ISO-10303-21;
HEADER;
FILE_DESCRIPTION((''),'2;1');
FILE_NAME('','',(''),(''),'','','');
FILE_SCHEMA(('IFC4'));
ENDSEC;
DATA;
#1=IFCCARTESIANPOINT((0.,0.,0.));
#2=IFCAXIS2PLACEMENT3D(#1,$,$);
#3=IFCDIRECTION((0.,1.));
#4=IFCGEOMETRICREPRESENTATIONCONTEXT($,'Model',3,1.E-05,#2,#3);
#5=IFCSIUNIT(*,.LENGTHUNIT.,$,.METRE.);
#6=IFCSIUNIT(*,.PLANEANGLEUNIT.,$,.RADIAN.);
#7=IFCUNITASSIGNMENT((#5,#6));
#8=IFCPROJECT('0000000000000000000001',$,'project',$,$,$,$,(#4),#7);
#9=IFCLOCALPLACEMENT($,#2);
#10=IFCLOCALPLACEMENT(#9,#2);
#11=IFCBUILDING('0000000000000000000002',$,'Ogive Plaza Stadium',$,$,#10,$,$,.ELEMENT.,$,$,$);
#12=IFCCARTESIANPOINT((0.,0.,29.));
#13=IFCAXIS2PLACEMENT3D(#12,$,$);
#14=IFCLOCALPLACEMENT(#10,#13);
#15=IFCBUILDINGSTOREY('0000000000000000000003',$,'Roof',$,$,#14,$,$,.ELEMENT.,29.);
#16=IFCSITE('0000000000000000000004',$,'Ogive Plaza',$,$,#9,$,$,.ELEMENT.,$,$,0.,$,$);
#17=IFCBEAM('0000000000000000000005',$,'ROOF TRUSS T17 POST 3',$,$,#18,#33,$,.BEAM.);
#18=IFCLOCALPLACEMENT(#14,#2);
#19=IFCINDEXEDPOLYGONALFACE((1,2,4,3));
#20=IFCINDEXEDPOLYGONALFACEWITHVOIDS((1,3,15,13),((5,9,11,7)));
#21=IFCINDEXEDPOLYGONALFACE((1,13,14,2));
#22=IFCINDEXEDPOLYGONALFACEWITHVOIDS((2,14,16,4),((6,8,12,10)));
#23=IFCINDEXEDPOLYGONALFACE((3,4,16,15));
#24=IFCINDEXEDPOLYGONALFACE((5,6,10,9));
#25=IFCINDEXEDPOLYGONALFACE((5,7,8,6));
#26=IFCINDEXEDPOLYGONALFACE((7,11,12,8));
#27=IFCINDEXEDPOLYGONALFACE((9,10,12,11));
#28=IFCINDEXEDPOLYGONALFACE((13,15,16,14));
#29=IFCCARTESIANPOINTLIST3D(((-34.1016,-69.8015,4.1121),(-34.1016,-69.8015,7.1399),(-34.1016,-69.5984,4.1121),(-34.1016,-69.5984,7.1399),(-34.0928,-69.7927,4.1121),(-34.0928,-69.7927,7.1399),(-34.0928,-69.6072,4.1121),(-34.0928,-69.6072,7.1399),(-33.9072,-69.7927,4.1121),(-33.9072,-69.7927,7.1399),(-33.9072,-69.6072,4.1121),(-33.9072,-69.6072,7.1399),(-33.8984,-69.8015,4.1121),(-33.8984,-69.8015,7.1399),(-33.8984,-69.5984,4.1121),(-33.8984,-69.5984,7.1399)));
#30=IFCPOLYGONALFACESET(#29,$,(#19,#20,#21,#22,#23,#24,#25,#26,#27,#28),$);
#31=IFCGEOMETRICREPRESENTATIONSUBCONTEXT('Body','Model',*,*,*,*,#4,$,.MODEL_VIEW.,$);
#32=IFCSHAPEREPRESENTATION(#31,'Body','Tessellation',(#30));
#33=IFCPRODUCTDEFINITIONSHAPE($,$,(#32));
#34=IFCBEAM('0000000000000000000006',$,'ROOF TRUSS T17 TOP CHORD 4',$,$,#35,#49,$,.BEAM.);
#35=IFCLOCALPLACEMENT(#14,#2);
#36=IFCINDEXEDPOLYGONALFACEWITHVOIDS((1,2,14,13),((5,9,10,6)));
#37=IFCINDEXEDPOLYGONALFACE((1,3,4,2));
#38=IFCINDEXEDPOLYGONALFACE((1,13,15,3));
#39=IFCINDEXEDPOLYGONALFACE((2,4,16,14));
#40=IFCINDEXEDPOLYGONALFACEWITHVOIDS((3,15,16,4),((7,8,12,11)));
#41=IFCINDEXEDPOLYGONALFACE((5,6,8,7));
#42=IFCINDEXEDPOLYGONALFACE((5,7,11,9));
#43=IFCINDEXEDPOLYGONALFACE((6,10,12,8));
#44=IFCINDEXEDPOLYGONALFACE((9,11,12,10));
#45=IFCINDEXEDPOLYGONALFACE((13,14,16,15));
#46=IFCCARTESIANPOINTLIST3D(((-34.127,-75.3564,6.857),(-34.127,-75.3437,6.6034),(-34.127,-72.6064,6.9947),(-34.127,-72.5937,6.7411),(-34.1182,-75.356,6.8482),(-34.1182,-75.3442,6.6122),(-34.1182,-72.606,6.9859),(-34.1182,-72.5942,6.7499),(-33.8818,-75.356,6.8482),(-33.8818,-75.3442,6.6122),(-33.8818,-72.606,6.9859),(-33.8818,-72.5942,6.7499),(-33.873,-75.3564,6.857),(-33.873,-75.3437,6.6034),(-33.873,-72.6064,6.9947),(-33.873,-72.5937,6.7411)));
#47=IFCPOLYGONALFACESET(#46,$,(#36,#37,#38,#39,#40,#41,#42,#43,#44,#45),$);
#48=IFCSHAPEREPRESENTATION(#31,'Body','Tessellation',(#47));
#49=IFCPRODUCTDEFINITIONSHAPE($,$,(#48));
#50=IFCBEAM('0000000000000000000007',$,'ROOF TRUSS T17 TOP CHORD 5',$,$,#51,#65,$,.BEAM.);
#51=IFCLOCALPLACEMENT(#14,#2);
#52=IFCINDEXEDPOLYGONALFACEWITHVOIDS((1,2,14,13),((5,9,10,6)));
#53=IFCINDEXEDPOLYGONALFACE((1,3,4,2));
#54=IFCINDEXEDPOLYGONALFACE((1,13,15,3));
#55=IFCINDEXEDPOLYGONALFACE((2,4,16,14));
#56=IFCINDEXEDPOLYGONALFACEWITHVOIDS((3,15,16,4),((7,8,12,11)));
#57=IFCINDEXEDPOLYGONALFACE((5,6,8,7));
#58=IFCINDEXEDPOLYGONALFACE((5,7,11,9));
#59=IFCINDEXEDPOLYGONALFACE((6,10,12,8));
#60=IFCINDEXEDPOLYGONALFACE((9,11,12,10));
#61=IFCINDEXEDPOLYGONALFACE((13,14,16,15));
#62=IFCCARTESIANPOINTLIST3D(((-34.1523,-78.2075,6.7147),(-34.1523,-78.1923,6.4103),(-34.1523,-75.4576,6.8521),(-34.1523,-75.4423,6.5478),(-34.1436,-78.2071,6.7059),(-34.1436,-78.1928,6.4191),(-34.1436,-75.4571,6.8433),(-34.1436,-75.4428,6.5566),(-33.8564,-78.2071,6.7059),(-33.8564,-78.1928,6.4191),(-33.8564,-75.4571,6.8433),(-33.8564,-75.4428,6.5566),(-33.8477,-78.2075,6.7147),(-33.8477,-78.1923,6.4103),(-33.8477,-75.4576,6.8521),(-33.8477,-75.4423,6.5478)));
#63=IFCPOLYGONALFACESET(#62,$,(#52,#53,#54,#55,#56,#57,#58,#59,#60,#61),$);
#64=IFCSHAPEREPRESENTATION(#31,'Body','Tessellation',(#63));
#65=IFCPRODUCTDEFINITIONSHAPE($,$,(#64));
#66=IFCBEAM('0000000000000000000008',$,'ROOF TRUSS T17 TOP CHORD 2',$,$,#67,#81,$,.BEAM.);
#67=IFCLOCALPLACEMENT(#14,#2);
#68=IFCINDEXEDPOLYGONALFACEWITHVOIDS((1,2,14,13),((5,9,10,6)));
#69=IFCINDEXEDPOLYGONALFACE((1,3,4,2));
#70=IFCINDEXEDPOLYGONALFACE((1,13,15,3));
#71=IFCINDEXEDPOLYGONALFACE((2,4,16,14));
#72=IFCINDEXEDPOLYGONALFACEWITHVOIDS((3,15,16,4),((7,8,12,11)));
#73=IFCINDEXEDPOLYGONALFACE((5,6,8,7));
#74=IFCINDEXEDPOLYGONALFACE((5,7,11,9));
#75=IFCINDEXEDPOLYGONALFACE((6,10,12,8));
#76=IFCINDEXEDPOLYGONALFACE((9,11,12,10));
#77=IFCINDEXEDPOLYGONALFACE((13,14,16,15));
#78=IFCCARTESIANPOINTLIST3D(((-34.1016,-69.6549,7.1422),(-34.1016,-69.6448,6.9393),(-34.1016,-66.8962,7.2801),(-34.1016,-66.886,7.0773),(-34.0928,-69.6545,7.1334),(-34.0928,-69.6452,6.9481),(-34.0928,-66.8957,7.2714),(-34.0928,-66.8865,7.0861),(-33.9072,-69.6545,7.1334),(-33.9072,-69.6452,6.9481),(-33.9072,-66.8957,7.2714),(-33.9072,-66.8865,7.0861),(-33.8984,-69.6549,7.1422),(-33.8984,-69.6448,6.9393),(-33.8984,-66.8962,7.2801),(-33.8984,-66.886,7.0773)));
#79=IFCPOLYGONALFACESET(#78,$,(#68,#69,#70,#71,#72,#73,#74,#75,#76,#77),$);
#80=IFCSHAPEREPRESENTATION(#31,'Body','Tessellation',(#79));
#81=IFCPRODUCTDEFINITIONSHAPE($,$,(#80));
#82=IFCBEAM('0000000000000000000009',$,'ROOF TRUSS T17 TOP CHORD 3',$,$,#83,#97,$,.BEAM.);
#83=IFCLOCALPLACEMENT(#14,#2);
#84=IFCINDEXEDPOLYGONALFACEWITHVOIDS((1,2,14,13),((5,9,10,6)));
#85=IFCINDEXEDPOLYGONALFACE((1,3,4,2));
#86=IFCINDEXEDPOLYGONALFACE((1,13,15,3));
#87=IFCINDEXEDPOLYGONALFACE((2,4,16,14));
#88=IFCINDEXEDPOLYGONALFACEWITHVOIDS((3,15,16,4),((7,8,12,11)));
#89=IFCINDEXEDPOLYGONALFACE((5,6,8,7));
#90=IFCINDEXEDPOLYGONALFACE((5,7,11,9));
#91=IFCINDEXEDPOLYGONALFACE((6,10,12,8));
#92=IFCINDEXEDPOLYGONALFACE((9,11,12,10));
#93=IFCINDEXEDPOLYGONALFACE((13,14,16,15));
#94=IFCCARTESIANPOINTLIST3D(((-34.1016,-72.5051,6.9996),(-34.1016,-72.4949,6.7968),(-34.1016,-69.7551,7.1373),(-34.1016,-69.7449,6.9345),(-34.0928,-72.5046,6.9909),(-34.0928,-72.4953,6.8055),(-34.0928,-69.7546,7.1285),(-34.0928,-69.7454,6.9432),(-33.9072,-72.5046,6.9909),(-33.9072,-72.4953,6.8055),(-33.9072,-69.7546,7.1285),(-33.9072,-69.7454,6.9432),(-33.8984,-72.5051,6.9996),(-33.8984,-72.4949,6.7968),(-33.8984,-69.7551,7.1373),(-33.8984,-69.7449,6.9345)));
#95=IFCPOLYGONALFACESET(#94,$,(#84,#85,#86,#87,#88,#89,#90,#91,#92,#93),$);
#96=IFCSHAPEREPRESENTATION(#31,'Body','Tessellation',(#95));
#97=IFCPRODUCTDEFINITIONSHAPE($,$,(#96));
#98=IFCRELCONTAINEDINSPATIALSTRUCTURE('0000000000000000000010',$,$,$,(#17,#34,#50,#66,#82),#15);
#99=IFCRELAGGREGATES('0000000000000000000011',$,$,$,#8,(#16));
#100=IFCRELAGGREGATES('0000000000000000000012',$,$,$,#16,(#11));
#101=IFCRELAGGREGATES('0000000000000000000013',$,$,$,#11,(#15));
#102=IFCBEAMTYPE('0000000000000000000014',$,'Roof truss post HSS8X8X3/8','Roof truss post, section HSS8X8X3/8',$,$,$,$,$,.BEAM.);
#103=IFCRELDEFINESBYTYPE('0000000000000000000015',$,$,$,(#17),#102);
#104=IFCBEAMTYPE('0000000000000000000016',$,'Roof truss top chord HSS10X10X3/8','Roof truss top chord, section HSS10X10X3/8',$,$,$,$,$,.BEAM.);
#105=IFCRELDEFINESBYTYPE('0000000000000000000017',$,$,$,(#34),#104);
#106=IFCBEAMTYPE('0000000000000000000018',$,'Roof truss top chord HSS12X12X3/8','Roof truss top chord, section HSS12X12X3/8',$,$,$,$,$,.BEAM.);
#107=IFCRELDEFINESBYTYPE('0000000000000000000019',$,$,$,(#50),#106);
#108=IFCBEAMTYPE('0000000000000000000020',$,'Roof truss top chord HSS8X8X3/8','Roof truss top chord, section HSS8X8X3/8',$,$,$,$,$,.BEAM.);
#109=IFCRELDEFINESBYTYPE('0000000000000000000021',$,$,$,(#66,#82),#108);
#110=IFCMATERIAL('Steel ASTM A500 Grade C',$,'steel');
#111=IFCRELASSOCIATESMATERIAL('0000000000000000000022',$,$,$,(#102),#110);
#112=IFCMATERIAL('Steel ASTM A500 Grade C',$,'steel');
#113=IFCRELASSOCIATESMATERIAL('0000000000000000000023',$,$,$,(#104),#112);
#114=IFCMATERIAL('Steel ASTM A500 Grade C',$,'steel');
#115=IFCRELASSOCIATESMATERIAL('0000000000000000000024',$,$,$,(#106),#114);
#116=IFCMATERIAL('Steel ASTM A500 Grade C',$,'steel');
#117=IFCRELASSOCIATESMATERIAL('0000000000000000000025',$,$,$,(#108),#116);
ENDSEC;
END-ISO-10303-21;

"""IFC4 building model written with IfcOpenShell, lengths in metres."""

from ifc_helpers import new_model, si_unit, direction, frame, origin, origin_2d, place, context, subcontext, project, spatial, hollow_rectangle, extrude, material, material_profile, profile_set, type_object, element, save


model = new_model("IFC4")

# Units and contexts
model_context = context("Model", 3, precision=1e-05, world=origin(), true_north=direction((0.0, 1.0)))
body_context = subcontext(model_context, "Body", "Model", "MODEL_VIEW")
ifc_project = project(units=[si_unit("LENGTHUNIT", "METRE"), si_unit("PLANEANGLEUNIT", "RADIAN")], contexts=[model_context])

# Site, building, storey
site_placement = place(None, origin())
site = spatial("IfcSite", under=ifc_project, at=site_placement, Name="Ogive Plaza", CompositionType="ELEMENT", RefElevation=0.0)
building_placement = place(site_placement, origin())
building = spatial("IfcBuilding", under=site, at=building_placement, Name="Ogive Plaza Stadium", CompositionType="ELEMENT")
storey_placement = place(building_placement, frame((0.0, 0.0, 29.0)))
storey = spatial("IfcBuildingStorey", under=building, at=storey_placement, Name="Roof", CompositionType="ELEMENT", Elevation=29.0)

# Beams
ifc_material_1 = material(Name="Steel ASTM A500 Grade C", Category="steel")
ifc_material_profile_1 = material_profile(ifc_material_1, hollow_rectangle(XDim=0.2031, YDim=0.2031, WallThickness=0.0088, at=origin_2d()), Name="HSS8X8X3/8")
ifc_profile_set_1 = profile_set([ifc_material_profile_1], Name="Steel ASTM A500 Grade C")
beam_type_1 = type_object("IfcBeamType", Name="Roof truss post HSS8X8X3/8", Description="Roof truss post, section HSS8X8X3/8", PredefinedType="BEAM", material=ifc_profile_set_1)
beam_1_placement = place(storey_placement, frame((-34.0, -69.7, 4.1121), z_axis=(0.0, 0.0, 1.0), x_axis=(1.0, 0.0, 0.0)))
element("IfcBeam", 1, at=beam_1_placement, inside=storey, type_object=beam_type_1, Name="ROOF TRUSS T17 POST 3", PredefinedType="BEAM", context=body_context, shape_type="SweptSolid", body=[
    extrude(hollow_rectangle(XDim=0.2031, YDim=0.2031, WallThickness=0.0088, at=origin_2d()), origin(), (0.0, 0.0, 1.0), 3.0278),
])
ifc_material_2 = material(Name="Steel ASTM A500 Grade C", Category="steel")
ifc_material_profile_2 = material_profile(ifc_material_2, hollow_rectangle(XDim=0.2539, YDim=0.2539, WallThickness=0.0088, at=origin_2d()), Name="HSS10X10X3/8")
ifc_profile_set_2 = profile_set([ifc_material_profile_2], Name="Steel ASTM A500 Grade C")
beam_type_2 = type_object("IfcBeamType", Name="Roof truss top chord HSS10X10X3/8", Description="Roof truss top chord, section HSS10X10X3/8", PredefinedType="BEAM", material=ifc_profile_set_2)
beam_2_placement = place(storey_placement, frame((-34.0, -72.6001, 6.8679), z_axis=(0.0, -0.998749, -0.050008), x_axis=(1.0, 0.0, 0.0)))
element("IfcBeam", 2, at=beam_2_placement, inside=storey, type_object=beam_type_2, Name="ROOF TRUSS T17 TOP CHORD 4", PredefinedType="BEAM", context=body_context, shape_type="SweptSolid", body=[
    extrude(hollow_rectangle(XDim=0.2539, YDim=0.2539, WallThickness=0.0088, at=origin_2d()), origin(), (0.0, 0.0, 1.0), 2.7534),
])
ifc_material_3 = material(Name="Steel ASTM A500 Grade C", Category="steel")
ifc_material_profile_3 = material_profile(ifc_material_3, hollow_rectangle(XDim=0.3047, YDim=0.3047, WallThickness=0.0088, at=origin_2d()), Name="HSS12X12X3/8")
ifc_profile_set_3 = profile_set([ifc_material_profile_3], Name="Steel ASTM A500 Grade C")
beam_type_3 = type_object("IfcBeamType", Name="Roof truss top chord HSS12X12X3/8", Description="Roof truss top chord, section HSS12X12X3/8", PredefinedType="BEAM", material=ifc_profile_set_3)
beam_3_placement = place(storey_placement, frame((-34.0, -75.45, 6.7), z_axis=(0.0, -0.998753, -0.04992), x_axis=(1.0, 0.0, 0.0)))
element("IfcBeam", 3, at=beam_3_placement, inside=storey, type_object=beam_type_3, Name="ROOF TRUSS T17 TOP CHORD 5", PredefinedType="BEAM", context=body_context, shape_type="SweptSolid", body=[
    extrude(hollow_rectangle(XDim=0.3047, YDim=0.3047, WallThickness=0.0088, at=origin_2d()), origin(), (0.0, 0.0, 1.0), 2.7534),
])
ifc_material_4 = material(Name="Steel ASTM A500 Grade C", Category="steel")
ifc_material_profile_4 = material_profile(ifc_material_4, hollow_rectangle(XDim=0.2031, YDim=0.2031, WallThickness=0.0088, at=origin_2d()), Name="HSS8X8X3/8")
ifc_profile_set_4 = profile_set([ifc_material_profile_4], Name="Steel ASTM A500 Grade C")
beam_type_4 = type_object("IfcBeamType", Name="Roof truss top chord HSS8X8X3/8", Description="Roof truss top chord, section HSS8X8X3/8", PredefinedType="BEAM", material=ifc_profile_set_4)
beam_4_placement = place(storey_placement, frame((-34.0, -66.8911, 7.1787), z_axis=(0.0, -0.998752, -0.049938), x_axis=(1.0, 0.0, 0.0)))
element("IfcBeam", 4, at=beam_4_placement, inside=storey, type_object=beam_type_4, Name="ROOF TRUSS T17 TOP CHORD 2", PredefinedType="BEAM", context=body_context, shape_type="SweptSolid", body=[
    extrude(hollow_rectangle(XDim=0.2031, YDim=0.2031, WallThickness=0.0088, at=origin_2d()), origin(), (0.0, 0.0, 1.0), 2.7622),
])
beam_5_placement = place(storey_placement, frame((-34.0, -69.75, 7.0359), z_axis=(0.0, -0.998749, -0.050008), x_axis=(1.0, 0.0, 0.0)))
element("IfcBeam", 5, at=beam_5_placement, inside=storey, type_object=beam_type_4, Name="ROOF TRUSS T17 TOP CHORD 3", PredefinedType="BEAM", context=body_context, shape_type="SweptSolid", body=[
    extrude(hollow_rectangle(XDim=0.2031, YDim=0.2031, WallThickness=0.0088, at=origin_2d()), origin(), (0.0, 0.0, 1.0), 2.7534),
])

save(model, "model.ifc")
